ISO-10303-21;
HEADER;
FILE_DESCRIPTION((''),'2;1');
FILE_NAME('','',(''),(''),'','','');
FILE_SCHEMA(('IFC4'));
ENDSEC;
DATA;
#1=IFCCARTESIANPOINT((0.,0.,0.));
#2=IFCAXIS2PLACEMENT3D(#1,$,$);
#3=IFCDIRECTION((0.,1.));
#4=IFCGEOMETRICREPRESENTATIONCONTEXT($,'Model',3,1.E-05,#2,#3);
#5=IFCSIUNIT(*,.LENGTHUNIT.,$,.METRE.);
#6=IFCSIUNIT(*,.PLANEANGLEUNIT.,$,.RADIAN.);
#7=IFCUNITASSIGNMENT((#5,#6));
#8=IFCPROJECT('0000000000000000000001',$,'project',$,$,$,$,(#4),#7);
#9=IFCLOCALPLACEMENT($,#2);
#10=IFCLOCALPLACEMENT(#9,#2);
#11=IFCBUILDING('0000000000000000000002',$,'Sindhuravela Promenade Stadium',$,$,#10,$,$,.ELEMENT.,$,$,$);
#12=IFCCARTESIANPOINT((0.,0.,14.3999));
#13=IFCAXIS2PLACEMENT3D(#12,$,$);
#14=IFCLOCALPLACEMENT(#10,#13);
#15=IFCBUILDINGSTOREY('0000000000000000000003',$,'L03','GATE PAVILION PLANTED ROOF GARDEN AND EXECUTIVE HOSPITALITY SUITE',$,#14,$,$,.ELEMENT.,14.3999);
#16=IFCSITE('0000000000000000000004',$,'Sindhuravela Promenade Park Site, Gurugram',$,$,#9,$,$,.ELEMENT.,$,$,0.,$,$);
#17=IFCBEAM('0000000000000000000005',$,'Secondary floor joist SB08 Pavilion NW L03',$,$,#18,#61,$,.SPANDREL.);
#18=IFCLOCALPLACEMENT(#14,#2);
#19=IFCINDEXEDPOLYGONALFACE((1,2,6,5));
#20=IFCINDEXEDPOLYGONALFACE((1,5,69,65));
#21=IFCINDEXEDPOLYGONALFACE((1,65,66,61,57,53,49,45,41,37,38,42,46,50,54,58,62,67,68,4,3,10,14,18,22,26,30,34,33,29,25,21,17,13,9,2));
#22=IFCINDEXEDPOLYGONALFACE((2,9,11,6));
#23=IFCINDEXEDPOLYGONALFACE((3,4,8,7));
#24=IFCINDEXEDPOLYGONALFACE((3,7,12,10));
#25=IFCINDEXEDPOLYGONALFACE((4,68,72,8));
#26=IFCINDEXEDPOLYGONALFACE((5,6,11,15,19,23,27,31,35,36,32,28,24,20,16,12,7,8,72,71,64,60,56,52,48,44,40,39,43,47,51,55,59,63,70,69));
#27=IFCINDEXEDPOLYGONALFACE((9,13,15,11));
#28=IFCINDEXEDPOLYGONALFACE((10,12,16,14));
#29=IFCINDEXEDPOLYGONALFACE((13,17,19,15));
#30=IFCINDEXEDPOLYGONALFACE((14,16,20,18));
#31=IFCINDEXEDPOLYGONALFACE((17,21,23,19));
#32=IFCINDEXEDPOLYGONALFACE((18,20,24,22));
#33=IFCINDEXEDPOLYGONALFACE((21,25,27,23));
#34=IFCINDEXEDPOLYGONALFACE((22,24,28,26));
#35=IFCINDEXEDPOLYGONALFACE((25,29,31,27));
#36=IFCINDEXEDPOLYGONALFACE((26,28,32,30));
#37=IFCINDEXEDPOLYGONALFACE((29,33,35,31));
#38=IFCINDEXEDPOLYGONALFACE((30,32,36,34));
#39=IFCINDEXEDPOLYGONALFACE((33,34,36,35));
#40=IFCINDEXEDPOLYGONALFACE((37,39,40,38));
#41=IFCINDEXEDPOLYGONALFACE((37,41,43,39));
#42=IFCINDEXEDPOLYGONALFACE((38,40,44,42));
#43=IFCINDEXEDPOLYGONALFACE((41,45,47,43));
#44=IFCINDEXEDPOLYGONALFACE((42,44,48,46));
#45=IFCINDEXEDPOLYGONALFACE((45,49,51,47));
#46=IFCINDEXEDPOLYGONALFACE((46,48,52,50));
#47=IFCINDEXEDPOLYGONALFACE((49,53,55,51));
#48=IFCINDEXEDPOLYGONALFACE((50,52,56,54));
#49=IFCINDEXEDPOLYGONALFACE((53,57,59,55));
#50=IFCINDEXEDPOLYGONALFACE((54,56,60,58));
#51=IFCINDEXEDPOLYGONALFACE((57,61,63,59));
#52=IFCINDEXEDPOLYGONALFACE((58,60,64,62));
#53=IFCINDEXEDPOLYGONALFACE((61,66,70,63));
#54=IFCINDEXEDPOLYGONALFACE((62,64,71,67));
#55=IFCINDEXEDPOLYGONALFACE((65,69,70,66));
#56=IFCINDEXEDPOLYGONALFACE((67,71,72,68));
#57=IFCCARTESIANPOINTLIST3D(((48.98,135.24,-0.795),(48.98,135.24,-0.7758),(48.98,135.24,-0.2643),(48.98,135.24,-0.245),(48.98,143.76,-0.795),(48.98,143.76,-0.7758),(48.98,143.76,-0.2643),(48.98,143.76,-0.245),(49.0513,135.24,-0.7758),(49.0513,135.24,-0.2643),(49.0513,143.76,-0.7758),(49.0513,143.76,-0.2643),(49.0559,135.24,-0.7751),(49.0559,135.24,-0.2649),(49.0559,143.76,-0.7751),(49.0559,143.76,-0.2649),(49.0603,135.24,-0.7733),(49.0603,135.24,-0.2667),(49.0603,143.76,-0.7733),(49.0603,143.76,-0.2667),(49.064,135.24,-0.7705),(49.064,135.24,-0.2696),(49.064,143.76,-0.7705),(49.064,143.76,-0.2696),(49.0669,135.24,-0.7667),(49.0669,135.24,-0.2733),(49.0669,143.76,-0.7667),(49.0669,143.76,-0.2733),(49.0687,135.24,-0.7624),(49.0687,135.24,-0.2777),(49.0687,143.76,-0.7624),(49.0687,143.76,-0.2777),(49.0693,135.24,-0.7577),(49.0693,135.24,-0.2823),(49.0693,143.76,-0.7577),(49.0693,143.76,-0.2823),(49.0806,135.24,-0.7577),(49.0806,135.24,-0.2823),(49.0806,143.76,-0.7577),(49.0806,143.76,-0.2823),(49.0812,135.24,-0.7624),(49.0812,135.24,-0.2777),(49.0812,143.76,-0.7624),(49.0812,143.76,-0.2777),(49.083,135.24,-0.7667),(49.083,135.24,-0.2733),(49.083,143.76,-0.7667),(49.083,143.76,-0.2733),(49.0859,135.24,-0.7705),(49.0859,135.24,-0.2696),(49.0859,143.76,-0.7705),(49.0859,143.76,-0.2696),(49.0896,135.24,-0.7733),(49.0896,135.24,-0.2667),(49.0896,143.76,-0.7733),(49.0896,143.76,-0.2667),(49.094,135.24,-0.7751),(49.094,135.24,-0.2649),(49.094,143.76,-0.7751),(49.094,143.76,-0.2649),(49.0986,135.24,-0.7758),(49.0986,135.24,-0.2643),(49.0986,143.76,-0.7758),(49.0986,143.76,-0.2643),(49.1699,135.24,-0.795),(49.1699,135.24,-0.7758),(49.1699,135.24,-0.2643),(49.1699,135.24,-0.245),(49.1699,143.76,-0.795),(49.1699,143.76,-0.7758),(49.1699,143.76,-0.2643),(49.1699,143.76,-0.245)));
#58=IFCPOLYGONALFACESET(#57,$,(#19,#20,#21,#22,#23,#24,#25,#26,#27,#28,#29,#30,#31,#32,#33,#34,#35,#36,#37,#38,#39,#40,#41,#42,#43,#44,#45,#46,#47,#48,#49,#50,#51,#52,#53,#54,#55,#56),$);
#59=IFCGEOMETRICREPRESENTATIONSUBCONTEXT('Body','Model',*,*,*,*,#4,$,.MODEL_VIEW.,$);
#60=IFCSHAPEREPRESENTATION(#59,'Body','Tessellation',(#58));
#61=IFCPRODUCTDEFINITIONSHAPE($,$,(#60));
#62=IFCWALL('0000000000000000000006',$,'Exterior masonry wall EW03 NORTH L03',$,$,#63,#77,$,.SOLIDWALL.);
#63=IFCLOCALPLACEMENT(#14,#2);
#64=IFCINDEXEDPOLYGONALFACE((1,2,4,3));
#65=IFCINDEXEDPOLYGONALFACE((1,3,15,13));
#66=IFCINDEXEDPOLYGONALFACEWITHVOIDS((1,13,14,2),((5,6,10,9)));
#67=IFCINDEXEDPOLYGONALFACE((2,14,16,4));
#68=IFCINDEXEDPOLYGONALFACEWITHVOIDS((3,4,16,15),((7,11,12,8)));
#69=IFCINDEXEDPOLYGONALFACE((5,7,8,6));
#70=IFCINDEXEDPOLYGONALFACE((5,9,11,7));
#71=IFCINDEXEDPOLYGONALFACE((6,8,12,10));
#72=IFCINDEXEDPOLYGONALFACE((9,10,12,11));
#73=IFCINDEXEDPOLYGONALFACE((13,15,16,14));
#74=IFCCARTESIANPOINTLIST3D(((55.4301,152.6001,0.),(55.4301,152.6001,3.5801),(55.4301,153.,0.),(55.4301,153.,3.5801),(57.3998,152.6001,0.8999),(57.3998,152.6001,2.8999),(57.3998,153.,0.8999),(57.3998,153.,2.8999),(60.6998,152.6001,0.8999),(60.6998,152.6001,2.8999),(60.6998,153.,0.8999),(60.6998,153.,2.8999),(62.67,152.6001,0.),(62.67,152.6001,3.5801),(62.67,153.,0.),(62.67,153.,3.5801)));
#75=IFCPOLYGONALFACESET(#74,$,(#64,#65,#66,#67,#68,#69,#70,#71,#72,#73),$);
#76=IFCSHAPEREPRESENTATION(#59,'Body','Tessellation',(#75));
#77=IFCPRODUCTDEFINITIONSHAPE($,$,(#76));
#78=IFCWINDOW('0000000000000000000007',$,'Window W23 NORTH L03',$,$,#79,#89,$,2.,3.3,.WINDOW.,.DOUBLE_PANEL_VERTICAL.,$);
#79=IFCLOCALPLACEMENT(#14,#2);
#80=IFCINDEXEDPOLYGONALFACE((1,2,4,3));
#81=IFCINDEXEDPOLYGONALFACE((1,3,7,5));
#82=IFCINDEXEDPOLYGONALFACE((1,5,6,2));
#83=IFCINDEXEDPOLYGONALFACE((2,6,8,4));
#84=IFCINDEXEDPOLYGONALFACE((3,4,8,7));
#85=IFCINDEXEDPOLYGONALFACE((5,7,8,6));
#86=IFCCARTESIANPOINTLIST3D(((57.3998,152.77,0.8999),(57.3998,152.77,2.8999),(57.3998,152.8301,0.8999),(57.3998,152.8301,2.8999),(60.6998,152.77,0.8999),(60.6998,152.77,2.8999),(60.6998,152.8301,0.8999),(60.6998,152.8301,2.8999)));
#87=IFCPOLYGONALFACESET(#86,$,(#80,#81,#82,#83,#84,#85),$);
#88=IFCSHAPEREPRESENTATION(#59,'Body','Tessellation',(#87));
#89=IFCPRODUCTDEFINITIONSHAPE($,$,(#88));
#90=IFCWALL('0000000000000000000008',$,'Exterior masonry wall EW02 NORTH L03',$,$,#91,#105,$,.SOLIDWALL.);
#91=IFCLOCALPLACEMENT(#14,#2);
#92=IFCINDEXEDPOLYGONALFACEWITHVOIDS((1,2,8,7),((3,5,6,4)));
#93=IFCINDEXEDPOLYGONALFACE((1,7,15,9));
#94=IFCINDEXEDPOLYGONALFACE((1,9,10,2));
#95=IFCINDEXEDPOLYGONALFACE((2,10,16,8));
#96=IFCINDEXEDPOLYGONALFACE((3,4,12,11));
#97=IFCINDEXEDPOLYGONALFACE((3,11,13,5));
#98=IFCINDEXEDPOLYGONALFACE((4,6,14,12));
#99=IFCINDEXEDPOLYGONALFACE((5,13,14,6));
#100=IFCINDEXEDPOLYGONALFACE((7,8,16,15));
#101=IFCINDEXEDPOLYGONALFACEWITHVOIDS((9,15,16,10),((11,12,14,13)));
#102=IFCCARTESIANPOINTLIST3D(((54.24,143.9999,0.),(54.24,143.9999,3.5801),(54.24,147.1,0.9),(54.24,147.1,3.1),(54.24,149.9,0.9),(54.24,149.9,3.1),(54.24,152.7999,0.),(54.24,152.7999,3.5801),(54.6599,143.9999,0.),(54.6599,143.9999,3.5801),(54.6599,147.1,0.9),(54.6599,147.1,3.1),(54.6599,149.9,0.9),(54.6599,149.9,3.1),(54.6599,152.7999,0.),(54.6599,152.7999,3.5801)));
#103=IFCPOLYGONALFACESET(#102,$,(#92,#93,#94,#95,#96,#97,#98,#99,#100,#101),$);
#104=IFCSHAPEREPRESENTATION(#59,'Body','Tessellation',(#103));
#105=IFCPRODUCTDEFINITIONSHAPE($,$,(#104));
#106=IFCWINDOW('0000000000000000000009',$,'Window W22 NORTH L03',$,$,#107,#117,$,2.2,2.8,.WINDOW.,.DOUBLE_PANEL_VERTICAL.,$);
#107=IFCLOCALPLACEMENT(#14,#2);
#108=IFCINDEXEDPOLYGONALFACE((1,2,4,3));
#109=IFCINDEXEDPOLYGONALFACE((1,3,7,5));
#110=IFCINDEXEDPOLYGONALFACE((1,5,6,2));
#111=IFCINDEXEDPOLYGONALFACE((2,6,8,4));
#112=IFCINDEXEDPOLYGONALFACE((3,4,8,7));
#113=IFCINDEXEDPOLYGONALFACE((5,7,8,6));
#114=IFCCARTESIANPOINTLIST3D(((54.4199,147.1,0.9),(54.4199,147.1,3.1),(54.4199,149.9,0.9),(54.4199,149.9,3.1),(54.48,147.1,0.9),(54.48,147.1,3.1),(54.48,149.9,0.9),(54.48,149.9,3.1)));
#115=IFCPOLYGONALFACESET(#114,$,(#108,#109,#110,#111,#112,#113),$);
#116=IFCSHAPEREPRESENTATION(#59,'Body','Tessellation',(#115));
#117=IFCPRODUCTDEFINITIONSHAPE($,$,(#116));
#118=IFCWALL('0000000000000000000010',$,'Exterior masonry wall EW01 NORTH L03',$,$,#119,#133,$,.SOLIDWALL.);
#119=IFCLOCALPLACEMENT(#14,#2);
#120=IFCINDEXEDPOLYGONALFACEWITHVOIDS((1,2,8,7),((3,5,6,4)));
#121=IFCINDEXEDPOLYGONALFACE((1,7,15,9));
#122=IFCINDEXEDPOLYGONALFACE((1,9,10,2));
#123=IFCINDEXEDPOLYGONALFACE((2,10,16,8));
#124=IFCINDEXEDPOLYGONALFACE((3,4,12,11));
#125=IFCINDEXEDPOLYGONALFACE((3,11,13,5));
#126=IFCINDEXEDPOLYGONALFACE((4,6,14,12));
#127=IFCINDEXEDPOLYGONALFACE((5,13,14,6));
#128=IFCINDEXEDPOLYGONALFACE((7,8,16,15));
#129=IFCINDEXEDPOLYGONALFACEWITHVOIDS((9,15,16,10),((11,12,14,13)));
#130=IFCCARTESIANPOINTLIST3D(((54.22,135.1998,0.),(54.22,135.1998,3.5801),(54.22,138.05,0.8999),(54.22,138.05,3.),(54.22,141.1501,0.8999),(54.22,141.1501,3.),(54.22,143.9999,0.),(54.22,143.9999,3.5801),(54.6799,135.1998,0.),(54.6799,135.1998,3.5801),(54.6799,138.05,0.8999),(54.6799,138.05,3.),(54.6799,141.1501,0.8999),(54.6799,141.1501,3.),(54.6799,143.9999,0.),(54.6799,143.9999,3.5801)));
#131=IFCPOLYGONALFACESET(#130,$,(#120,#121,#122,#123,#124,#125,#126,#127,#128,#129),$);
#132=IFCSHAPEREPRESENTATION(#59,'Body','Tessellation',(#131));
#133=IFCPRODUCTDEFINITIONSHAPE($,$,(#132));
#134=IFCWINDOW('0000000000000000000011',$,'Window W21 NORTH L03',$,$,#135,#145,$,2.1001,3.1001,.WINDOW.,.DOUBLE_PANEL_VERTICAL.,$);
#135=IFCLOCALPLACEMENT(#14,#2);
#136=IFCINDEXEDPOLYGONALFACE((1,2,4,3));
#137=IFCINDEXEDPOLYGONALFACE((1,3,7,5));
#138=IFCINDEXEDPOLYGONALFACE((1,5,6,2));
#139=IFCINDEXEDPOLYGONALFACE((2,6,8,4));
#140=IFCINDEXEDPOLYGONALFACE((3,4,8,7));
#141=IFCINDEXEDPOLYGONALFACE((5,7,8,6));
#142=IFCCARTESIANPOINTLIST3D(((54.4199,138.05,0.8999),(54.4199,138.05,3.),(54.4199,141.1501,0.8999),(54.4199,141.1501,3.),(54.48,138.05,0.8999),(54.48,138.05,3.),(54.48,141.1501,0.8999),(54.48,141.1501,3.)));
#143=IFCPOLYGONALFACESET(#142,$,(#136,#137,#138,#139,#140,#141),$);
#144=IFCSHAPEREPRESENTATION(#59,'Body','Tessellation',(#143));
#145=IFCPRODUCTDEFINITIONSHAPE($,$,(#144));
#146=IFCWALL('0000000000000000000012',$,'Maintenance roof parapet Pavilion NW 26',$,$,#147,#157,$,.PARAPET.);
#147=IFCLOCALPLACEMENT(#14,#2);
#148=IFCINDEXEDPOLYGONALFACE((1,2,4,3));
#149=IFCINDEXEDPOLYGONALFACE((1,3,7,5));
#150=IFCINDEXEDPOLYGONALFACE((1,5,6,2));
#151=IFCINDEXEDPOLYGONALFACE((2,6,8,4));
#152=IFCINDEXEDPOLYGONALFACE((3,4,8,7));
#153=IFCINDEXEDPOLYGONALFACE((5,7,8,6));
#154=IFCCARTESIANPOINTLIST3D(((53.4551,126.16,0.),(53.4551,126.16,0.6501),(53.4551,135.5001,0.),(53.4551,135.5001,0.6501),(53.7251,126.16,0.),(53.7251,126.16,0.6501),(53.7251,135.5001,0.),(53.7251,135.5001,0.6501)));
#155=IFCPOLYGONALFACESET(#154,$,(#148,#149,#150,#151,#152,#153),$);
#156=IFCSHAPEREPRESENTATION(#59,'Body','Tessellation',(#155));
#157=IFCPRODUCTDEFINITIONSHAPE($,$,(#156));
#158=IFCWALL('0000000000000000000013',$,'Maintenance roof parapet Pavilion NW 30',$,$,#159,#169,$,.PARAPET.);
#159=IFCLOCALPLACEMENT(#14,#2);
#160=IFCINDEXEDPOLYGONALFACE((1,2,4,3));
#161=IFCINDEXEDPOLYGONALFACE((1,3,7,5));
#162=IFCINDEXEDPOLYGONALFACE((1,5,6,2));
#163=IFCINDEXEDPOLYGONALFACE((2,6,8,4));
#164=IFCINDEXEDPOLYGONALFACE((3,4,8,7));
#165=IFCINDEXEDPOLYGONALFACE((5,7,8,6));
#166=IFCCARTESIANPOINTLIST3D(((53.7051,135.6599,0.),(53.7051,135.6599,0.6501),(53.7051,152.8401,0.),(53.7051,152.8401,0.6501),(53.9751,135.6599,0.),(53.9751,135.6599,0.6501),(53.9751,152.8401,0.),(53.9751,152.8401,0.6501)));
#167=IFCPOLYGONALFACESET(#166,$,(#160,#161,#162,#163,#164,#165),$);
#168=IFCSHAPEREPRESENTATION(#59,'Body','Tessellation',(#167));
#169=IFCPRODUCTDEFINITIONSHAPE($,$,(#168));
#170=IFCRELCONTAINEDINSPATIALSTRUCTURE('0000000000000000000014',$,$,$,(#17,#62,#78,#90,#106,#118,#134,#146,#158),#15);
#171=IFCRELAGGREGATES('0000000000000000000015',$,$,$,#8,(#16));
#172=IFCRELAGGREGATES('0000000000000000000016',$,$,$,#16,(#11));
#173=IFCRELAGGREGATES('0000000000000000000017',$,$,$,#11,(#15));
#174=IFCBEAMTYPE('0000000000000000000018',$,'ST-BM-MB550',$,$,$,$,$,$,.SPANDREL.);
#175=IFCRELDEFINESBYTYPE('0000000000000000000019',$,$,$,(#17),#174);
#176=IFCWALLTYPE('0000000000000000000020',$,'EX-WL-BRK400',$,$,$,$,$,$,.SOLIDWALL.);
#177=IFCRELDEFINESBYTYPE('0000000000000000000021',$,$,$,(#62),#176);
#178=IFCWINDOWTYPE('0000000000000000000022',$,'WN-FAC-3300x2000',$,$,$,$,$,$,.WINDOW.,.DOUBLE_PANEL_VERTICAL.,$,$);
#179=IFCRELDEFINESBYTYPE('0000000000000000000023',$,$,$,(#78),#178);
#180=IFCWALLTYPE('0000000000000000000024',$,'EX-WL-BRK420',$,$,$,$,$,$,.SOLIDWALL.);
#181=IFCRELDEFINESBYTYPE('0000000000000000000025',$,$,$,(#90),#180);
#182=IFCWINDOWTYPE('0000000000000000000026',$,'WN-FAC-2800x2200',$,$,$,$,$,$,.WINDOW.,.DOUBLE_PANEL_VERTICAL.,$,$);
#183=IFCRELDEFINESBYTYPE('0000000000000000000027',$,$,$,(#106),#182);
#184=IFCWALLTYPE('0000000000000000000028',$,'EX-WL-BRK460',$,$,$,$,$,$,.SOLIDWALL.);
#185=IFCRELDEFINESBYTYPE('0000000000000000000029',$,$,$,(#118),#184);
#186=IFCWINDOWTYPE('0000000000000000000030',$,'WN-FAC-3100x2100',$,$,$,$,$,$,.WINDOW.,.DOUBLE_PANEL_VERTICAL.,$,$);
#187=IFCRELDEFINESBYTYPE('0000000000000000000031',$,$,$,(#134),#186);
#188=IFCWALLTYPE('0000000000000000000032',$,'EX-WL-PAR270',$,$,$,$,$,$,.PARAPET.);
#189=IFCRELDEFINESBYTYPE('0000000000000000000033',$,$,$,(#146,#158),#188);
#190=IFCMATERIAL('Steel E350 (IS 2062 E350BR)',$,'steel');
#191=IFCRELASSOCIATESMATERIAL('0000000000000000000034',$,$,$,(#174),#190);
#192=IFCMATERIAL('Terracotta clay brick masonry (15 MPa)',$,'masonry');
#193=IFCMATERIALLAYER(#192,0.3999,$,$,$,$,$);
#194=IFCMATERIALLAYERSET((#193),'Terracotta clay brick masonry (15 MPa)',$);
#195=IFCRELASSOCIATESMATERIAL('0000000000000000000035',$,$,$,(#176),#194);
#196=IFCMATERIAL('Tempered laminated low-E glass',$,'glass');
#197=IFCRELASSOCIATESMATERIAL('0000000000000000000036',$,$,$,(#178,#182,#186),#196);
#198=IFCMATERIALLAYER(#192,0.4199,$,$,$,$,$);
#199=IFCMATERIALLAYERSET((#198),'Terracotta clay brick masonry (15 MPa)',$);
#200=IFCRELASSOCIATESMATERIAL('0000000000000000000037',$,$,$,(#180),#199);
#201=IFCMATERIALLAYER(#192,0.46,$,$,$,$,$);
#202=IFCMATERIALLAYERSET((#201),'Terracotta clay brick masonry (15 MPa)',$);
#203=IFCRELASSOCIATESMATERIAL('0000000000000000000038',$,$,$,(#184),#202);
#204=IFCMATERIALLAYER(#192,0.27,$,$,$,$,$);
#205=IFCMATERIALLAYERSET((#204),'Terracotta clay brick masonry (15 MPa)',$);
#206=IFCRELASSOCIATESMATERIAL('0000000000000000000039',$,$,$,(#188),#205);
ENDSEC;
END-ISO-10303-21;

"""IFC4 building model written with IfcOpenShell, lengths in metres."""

from ifc_helpers import new_model, si_unit, direction, frame, frame_2d, origin, origin_2d, place, context, subcontext, project, spatial, rectangle, i_section, extrude, material, layer, layer_set, material_profile, profile_set, type_object, element, fill, save


model = new_model("IFC4")

# Units and contexts
model_context = context("Model", 3, precision=1e-05, world=origin(), true_north=direction((0.0, 1.0)))
body_context = subcontext(model_context, "Body", "Model", "MODEL_VIEW")
ifc_project = project(units=[si_unit("LENGTHUNIT", "METRE"), si_unit("PLANEANGLEUNIT", "RADIAN")], contexts=[model_context])

# Site, building, storey
site_placement = place(None, origin())
site = spatial("IfcSite", under=ifc_project, at=site_placement, Name="Sindhuravela Promenade Park Site, Gurugram", CompositionType="ELEMENT", RefElevation=0.0)
building_placement = place(site_placement, origin())
building = spatial("IfcBuilding", under=site, at=building_placement, Name="Sindhuravela Promenade Stadium", CompositionType="ELEMENT")
storey_placement = place(building_placement, frame((0.0, 0.0, 14.3999)))
storey = spatial("IfcBuildingStorey", under=building, at=storey_placement, Name="L03", Description="GATE PAVILION PLANTED ROOF GARDEN AND EXECUTIVE HOSPITALITY SUITE", CompositionType="ELEMENT", Elevation=14.3999)

# Beam
ifc_material_1 = material(Name="Steel E350 (IS 2062 E350BR)", Category="steel")
ifc_material_profile_1 = material_profile(ifc_material_1, i_section(OverallWidth=0.1899, OverallDepth=0.55, WebThickness=0.0112, FlangeThickness=0.0193, FilletRadius=0.0181, at=origin_2d()), Name="ISMB 550")
ifc_profile_set_1 = profile_set([ifc_material_profile_1], Name="Steel E350 (IS 2062 E350BR)")
beam_type_1 = type_object("IfcBeamType", Name="ST-BM-MB550", PredefinedType="SPANDREL", material=ifc_profile_set_1)
for number, where, z_axis, x_axis, name in (
    (1, (49.075, 135.24, -0.52), (0.0, 1.0, 0.0), (-1.0, 0.0, 0.0), "Secondary floor joist SB08 Pavilion NW L03"),
):
    element("IfcBeam", number, at=place(storey_placement, frame(where, z_axis=z_axis, x_axis=x_axis)), inside=storey, type_object=beam_type_1, Name=name, PredefinedType="SPANDREL", context=body_context, shape_type="SweptSolid", body=[
        extrude(i_section(OverallWidth=0.1899, OverallDepth=0.55, WebThickness=0.0112, FlangeThickness=0.0193, FilletRadius=0.0181, at=origin_2d()), origin(), (0.0, 0.0, 1.0), 8.52),
    ])

# Walls, openings, windows
ifc_material_2 = material(Name="Terracotta clay brick masonry (15 MPa)", Category="masonry")
ifc_layer_1 = layer(ifc_material_2, 0.3999)
ifc_layer_set_1 = layer_set([ifc_layer_1], Name="Terracotta clay brick masonry (15 MPa)")
wall_type_1 = type_object("IfcWallType", Name="EX-WL-BRK400", PredefinedType="SOLIDWALL", material=ifc_layer_set_1)
wall_1_placement = place(storey_placement, frame((55.4299, 152.8, 0.0), z_axis=(0.0, 0.0, 1.0), x_axis=(1.0, 0.0, 0.0)))
wall_1 = element("IfcWall", 2, at=wall_1_placement, inside=storey, type_object=wall_type_1, Name="Exterior masonry wall EW03 NORTH L03", PredefinedType="SOLIDWALL", context=body_context, shape_type="SweptSolid", body=[
    extrude(rectangle(XDim=7.24, YDim=0.3999, at=frame_2d((3.6201, 0.0))), origin(), (0.0, 0.0, 1.0), 3.5801),
])
opening_1_placement = place(wall_1_placement, frame((1.97, 0.0, 0.8999)))
opening_1 = element("IfcOpeningElement", 3, at=opening_1_placement, cuts=wall_1, PredefinedType="OPENING", context=body_context, shape_type="SweptSolid", body=[
    extrude(rectangle(XDim=3.3, YDim=2.0, at=frame_2d((1.6499, 1.0))), frame((0.0, 0.21, 0.0), z_axis=(0.0, -1.0, 0.0), x_axis=(1.0, 0.0, 0.0)), (0.0, 0.0, 1.0), 0.4199),
])
ifc_material_3 = material(Name="Tempered laminated low-E glass", Category="glass")
window_type_1 = type_object("IfcWindowType", Name="WN-FAC-3300x2000", PartitioningType="DOUBLE_PANEL_VERTICAL", PredefinedType="WINDOW", material=ifc_material_3)
window_1_placement = place(opening_1_placement, origin())
window_1 = element("IfcWindow", 4, at=window_1_placement, inside=storey, type_object=window_type_1, Name="Window W23 NORTH L03", OverallHeight=2.0, OverallWidth=3.3, PartitioningType="DOUBLE_PANEL_VERTICAL", PredefinedType="WINDOW", context=body_context, shape_type="SweptSolid", body=[
    extrude(rectangle(XDim=3.3, YDim=2.0, at=frame_2d((1.6499, 1.0))), frame((0.0, 0.03, 0.0), z_axis=(0.0, -1.0, 0.0), x_axis=(1.0, 0.0, 0.0)), (0.0, 0.0, 1.0), 0.0601),
])
fill(opening_1, window_1)
ifc_layer_2 = layer(ifc_material_2, 0.4199)
ifc_layer_set_2 = layer_set([ifc_layer_2], Name="Terracotta clay brick masonry (15 MPa)")
wall_type_2 = type_object("IfcWallType", Name="EX-WL-BRK420", PredefinedType="SOLIDWALL", material=ifc_layer_set_2)
wall_2_placement = place(storey_placement, frame((54.45, 144.0, 0.0), z_axis=(0.0, 0.0, 1.0), x_axis=(0.0, 1.0, 0.0)))
wall_2 = element("IfcWall", 5, at=wall_2_placement, inside=storey, type_object=wall_type_2, Name="Exterior masonry wall EW02 NORTH L03", PredefinedType="SOLIDWALL", context=body_context, shape_type="SweptSolid", body=[
    extrude(rectangle(XDim=8.8, YDim=0.4199, at=frame_2d((4.3999, 0.0))), origin(), (0.0, 0.0, 1.0), 3.5801),
])
opening_2_placement = place(wall_2_placement, frame((3.1001, 0.0, 0.8999)))
opening_2 = element("IfcOpeningElement", 6, at=opening_2_placement, cuts=wall_2, PredefinedType="OPENING", context=body_context, shape_type="SweptSolid", body=[
    extrude(rectangle(XDim=2.8, YDim=2.2, at=frame_2d((1.3999, 1.1001))), frame((0.0, 0.22, 0.0), z_axis=(0.0, -1.0, 0.0), x_axis=(1.0, 0.0, 0.0)), (0.0, 0.0, 1.0), 0.4399),
])
window_type_2 = type_object("IfcWindowType", Name="WN-FAC-2800x2200", PartitioningType="DOUBLE_PANEL_VERTICAL", PredefinedType="WINDOW", material=ifc_material_3)
window_2_placement = place(opening_2_placement, origin())
window_2 = element("IfcWindow", 7, at=window_2_placement, inside=storey, type_object=window_type_2, Name="Window W22 NORTH L03", OverallHeight=2.2, OverallWidth=2.8, PartitioningType="DOUBLE_PANEL_VERTICAL", PredefinedType="WINDOW", context=body_context, shape_type="SweptSolid", body=[
    extrude(rectangle(XDim=2.8, YDim=2.2, at=frame_2d((1.3999, 1.1001))), frame((0.0, 0.03, 0.0), z_axis=(0.0, -1.0, 0.0), x_axis=(1.0, 0.0, 0.0)), (0.0, 0.0, 1.0), 0.0601),
])
fill(opening_2, window_2)
ifc_layer_3 = layer(ifc_material_2, 0.46)
ifc_layer_set_3 = layer_set([ifc_layer_3], Name="Terracotta clay brick masonry (15 MPa)")
wall_type_3 = type_object("IfcWallType", Name="EX-WL-BRK460", PredefinedType="SOLIDWALL", material=ifc_layer_set_3)
wall_3_placement = place(storey_placement, frame((54.45, 135.2, 0.0), z_axis=(0.0, 0.0, 1.0), x_axis=(0.0, 1.0, 0.0)))
wall_3 = element("IfcWall", 8, at=wall_3_placement, inside=storey, type_object=wall_type_3, Name="Exterior masonry wall EW01 NORTH L03", PredefinedType="SOLIDWALL", context=body_context, shape_type="SweptSolid", body=[
    extrude(rectangle(XDim=8.8, YDim=0.46, at=frame_2d((4.3999, 0.0))), origin(), (0.0, 0.0, 1.0), 3.5801),
])
opening_3_placement = place(wall_3_placement, frame((2.8501, 0.0, 0.8999)))
opening_3 = element("IfcOpeningElement", 9, at=opening_3_placement, cuts=wall_3, PredefinedType="OPENING", context=body_context, shape_type="SweptSolid", body=[
    extrude(rectangle(XDim=3.1001, YDim=2.1001, at=frame_2d((1.55, 1.05))), frame((0.0, 0.24, 0.0), z_axis=(0.0, -1.0, 0.0), x_axis=(1.0, 0.0, 0.0)), (0.0, 0.0, 1.0), 0.48),
])
window_type_3 = type_object("IfcWindowType", Name="WN-FAC-3100x2100", PartitioningType="DOUBLE_PANEL_VERTICAL", PredefinedType="WINDOW", material=ifc_material_3)
window_3_placement = place(opening_3_placement, origin())
window_3 = element("IfcWindow", 10, at=window_3_placement, inside=storey, type_object=window_type_3, Name="Window W21 NORTH L03", OverallHeight=2.1001, OverallWidth=3.1001, PartitioningType="DOUBLE_PANEL_VERTICAL", PredefinedType="WINDOW", context=body_context, shape_type="SweptSolid", body=[
    extrude(rectangle(XDim=3.1001, YDim=2.1001, at=frame_2d((1.55, 1.05))), frame((0.0, 0.03, 0.0), z_axis=(0.0, -1.0, 0.0), x_axis=(1.0, 0.0, 0.0)), (0.0, 0.0, 1.0), 0.0601),
])
fill(opening_3, window_3)

# Walls
ifc_layer_4 = layer(ifc_material_2, 0.27)
ifc_layer_set_4 = layer_set([ifc_layer_4], Name="Terracotta clay brick masonry (15 MPa)")
wall_type_4 = type_object("IfcWallType", Name="EX-WL-PAR270", PredefinedType="PARAPET", material=ifc_layer_set_4)
wall_4_placement = place(storey_placement, frame((53.5901, 135.5, 0.0), z_axis=(0.0, 0.0, 1.0), x_axis=(0.0, -1.0, 0.0)))
element("IfcWall", 11, at=wall_4_placement, inside=storey, type_object=wall_type_4, Name="Maintenance roof parapet Pavilion NW 26", PredefinedType="PARAPET", context=body_context, shape_type="SweptSolid", body=[
    extrude(rectangle(XDim=9.3401, YDim=0.27, at=frame_2d((4.6699, 0.0))), origin(), (0.0, 0.0, 1.0), 0.6501),
])
wall_5_placement = place(storey_placement, frame((53.8401, 152.8401, 0.0), z_axis=(0.0, 0.0, 1.0), x_axis=(0.0, -1.0, 0.0)))
element("IfcWall", 12, at=wall_5_placement, inside=storey, type_object=wall_type_4, Name="Maintenance roof parapet Pavilion NW 30", PredefinedType="PARAPET", context=body_context, shape_type="SweptSolid", body=[
    extrude(rectangle(XDim=17.1802, YDim=0.27, at=frame_2d((8.5901, 0.0))), origin(), (0.0, 0.0, 1.0), 0.6501),
])

save(model, "model.ifc")
